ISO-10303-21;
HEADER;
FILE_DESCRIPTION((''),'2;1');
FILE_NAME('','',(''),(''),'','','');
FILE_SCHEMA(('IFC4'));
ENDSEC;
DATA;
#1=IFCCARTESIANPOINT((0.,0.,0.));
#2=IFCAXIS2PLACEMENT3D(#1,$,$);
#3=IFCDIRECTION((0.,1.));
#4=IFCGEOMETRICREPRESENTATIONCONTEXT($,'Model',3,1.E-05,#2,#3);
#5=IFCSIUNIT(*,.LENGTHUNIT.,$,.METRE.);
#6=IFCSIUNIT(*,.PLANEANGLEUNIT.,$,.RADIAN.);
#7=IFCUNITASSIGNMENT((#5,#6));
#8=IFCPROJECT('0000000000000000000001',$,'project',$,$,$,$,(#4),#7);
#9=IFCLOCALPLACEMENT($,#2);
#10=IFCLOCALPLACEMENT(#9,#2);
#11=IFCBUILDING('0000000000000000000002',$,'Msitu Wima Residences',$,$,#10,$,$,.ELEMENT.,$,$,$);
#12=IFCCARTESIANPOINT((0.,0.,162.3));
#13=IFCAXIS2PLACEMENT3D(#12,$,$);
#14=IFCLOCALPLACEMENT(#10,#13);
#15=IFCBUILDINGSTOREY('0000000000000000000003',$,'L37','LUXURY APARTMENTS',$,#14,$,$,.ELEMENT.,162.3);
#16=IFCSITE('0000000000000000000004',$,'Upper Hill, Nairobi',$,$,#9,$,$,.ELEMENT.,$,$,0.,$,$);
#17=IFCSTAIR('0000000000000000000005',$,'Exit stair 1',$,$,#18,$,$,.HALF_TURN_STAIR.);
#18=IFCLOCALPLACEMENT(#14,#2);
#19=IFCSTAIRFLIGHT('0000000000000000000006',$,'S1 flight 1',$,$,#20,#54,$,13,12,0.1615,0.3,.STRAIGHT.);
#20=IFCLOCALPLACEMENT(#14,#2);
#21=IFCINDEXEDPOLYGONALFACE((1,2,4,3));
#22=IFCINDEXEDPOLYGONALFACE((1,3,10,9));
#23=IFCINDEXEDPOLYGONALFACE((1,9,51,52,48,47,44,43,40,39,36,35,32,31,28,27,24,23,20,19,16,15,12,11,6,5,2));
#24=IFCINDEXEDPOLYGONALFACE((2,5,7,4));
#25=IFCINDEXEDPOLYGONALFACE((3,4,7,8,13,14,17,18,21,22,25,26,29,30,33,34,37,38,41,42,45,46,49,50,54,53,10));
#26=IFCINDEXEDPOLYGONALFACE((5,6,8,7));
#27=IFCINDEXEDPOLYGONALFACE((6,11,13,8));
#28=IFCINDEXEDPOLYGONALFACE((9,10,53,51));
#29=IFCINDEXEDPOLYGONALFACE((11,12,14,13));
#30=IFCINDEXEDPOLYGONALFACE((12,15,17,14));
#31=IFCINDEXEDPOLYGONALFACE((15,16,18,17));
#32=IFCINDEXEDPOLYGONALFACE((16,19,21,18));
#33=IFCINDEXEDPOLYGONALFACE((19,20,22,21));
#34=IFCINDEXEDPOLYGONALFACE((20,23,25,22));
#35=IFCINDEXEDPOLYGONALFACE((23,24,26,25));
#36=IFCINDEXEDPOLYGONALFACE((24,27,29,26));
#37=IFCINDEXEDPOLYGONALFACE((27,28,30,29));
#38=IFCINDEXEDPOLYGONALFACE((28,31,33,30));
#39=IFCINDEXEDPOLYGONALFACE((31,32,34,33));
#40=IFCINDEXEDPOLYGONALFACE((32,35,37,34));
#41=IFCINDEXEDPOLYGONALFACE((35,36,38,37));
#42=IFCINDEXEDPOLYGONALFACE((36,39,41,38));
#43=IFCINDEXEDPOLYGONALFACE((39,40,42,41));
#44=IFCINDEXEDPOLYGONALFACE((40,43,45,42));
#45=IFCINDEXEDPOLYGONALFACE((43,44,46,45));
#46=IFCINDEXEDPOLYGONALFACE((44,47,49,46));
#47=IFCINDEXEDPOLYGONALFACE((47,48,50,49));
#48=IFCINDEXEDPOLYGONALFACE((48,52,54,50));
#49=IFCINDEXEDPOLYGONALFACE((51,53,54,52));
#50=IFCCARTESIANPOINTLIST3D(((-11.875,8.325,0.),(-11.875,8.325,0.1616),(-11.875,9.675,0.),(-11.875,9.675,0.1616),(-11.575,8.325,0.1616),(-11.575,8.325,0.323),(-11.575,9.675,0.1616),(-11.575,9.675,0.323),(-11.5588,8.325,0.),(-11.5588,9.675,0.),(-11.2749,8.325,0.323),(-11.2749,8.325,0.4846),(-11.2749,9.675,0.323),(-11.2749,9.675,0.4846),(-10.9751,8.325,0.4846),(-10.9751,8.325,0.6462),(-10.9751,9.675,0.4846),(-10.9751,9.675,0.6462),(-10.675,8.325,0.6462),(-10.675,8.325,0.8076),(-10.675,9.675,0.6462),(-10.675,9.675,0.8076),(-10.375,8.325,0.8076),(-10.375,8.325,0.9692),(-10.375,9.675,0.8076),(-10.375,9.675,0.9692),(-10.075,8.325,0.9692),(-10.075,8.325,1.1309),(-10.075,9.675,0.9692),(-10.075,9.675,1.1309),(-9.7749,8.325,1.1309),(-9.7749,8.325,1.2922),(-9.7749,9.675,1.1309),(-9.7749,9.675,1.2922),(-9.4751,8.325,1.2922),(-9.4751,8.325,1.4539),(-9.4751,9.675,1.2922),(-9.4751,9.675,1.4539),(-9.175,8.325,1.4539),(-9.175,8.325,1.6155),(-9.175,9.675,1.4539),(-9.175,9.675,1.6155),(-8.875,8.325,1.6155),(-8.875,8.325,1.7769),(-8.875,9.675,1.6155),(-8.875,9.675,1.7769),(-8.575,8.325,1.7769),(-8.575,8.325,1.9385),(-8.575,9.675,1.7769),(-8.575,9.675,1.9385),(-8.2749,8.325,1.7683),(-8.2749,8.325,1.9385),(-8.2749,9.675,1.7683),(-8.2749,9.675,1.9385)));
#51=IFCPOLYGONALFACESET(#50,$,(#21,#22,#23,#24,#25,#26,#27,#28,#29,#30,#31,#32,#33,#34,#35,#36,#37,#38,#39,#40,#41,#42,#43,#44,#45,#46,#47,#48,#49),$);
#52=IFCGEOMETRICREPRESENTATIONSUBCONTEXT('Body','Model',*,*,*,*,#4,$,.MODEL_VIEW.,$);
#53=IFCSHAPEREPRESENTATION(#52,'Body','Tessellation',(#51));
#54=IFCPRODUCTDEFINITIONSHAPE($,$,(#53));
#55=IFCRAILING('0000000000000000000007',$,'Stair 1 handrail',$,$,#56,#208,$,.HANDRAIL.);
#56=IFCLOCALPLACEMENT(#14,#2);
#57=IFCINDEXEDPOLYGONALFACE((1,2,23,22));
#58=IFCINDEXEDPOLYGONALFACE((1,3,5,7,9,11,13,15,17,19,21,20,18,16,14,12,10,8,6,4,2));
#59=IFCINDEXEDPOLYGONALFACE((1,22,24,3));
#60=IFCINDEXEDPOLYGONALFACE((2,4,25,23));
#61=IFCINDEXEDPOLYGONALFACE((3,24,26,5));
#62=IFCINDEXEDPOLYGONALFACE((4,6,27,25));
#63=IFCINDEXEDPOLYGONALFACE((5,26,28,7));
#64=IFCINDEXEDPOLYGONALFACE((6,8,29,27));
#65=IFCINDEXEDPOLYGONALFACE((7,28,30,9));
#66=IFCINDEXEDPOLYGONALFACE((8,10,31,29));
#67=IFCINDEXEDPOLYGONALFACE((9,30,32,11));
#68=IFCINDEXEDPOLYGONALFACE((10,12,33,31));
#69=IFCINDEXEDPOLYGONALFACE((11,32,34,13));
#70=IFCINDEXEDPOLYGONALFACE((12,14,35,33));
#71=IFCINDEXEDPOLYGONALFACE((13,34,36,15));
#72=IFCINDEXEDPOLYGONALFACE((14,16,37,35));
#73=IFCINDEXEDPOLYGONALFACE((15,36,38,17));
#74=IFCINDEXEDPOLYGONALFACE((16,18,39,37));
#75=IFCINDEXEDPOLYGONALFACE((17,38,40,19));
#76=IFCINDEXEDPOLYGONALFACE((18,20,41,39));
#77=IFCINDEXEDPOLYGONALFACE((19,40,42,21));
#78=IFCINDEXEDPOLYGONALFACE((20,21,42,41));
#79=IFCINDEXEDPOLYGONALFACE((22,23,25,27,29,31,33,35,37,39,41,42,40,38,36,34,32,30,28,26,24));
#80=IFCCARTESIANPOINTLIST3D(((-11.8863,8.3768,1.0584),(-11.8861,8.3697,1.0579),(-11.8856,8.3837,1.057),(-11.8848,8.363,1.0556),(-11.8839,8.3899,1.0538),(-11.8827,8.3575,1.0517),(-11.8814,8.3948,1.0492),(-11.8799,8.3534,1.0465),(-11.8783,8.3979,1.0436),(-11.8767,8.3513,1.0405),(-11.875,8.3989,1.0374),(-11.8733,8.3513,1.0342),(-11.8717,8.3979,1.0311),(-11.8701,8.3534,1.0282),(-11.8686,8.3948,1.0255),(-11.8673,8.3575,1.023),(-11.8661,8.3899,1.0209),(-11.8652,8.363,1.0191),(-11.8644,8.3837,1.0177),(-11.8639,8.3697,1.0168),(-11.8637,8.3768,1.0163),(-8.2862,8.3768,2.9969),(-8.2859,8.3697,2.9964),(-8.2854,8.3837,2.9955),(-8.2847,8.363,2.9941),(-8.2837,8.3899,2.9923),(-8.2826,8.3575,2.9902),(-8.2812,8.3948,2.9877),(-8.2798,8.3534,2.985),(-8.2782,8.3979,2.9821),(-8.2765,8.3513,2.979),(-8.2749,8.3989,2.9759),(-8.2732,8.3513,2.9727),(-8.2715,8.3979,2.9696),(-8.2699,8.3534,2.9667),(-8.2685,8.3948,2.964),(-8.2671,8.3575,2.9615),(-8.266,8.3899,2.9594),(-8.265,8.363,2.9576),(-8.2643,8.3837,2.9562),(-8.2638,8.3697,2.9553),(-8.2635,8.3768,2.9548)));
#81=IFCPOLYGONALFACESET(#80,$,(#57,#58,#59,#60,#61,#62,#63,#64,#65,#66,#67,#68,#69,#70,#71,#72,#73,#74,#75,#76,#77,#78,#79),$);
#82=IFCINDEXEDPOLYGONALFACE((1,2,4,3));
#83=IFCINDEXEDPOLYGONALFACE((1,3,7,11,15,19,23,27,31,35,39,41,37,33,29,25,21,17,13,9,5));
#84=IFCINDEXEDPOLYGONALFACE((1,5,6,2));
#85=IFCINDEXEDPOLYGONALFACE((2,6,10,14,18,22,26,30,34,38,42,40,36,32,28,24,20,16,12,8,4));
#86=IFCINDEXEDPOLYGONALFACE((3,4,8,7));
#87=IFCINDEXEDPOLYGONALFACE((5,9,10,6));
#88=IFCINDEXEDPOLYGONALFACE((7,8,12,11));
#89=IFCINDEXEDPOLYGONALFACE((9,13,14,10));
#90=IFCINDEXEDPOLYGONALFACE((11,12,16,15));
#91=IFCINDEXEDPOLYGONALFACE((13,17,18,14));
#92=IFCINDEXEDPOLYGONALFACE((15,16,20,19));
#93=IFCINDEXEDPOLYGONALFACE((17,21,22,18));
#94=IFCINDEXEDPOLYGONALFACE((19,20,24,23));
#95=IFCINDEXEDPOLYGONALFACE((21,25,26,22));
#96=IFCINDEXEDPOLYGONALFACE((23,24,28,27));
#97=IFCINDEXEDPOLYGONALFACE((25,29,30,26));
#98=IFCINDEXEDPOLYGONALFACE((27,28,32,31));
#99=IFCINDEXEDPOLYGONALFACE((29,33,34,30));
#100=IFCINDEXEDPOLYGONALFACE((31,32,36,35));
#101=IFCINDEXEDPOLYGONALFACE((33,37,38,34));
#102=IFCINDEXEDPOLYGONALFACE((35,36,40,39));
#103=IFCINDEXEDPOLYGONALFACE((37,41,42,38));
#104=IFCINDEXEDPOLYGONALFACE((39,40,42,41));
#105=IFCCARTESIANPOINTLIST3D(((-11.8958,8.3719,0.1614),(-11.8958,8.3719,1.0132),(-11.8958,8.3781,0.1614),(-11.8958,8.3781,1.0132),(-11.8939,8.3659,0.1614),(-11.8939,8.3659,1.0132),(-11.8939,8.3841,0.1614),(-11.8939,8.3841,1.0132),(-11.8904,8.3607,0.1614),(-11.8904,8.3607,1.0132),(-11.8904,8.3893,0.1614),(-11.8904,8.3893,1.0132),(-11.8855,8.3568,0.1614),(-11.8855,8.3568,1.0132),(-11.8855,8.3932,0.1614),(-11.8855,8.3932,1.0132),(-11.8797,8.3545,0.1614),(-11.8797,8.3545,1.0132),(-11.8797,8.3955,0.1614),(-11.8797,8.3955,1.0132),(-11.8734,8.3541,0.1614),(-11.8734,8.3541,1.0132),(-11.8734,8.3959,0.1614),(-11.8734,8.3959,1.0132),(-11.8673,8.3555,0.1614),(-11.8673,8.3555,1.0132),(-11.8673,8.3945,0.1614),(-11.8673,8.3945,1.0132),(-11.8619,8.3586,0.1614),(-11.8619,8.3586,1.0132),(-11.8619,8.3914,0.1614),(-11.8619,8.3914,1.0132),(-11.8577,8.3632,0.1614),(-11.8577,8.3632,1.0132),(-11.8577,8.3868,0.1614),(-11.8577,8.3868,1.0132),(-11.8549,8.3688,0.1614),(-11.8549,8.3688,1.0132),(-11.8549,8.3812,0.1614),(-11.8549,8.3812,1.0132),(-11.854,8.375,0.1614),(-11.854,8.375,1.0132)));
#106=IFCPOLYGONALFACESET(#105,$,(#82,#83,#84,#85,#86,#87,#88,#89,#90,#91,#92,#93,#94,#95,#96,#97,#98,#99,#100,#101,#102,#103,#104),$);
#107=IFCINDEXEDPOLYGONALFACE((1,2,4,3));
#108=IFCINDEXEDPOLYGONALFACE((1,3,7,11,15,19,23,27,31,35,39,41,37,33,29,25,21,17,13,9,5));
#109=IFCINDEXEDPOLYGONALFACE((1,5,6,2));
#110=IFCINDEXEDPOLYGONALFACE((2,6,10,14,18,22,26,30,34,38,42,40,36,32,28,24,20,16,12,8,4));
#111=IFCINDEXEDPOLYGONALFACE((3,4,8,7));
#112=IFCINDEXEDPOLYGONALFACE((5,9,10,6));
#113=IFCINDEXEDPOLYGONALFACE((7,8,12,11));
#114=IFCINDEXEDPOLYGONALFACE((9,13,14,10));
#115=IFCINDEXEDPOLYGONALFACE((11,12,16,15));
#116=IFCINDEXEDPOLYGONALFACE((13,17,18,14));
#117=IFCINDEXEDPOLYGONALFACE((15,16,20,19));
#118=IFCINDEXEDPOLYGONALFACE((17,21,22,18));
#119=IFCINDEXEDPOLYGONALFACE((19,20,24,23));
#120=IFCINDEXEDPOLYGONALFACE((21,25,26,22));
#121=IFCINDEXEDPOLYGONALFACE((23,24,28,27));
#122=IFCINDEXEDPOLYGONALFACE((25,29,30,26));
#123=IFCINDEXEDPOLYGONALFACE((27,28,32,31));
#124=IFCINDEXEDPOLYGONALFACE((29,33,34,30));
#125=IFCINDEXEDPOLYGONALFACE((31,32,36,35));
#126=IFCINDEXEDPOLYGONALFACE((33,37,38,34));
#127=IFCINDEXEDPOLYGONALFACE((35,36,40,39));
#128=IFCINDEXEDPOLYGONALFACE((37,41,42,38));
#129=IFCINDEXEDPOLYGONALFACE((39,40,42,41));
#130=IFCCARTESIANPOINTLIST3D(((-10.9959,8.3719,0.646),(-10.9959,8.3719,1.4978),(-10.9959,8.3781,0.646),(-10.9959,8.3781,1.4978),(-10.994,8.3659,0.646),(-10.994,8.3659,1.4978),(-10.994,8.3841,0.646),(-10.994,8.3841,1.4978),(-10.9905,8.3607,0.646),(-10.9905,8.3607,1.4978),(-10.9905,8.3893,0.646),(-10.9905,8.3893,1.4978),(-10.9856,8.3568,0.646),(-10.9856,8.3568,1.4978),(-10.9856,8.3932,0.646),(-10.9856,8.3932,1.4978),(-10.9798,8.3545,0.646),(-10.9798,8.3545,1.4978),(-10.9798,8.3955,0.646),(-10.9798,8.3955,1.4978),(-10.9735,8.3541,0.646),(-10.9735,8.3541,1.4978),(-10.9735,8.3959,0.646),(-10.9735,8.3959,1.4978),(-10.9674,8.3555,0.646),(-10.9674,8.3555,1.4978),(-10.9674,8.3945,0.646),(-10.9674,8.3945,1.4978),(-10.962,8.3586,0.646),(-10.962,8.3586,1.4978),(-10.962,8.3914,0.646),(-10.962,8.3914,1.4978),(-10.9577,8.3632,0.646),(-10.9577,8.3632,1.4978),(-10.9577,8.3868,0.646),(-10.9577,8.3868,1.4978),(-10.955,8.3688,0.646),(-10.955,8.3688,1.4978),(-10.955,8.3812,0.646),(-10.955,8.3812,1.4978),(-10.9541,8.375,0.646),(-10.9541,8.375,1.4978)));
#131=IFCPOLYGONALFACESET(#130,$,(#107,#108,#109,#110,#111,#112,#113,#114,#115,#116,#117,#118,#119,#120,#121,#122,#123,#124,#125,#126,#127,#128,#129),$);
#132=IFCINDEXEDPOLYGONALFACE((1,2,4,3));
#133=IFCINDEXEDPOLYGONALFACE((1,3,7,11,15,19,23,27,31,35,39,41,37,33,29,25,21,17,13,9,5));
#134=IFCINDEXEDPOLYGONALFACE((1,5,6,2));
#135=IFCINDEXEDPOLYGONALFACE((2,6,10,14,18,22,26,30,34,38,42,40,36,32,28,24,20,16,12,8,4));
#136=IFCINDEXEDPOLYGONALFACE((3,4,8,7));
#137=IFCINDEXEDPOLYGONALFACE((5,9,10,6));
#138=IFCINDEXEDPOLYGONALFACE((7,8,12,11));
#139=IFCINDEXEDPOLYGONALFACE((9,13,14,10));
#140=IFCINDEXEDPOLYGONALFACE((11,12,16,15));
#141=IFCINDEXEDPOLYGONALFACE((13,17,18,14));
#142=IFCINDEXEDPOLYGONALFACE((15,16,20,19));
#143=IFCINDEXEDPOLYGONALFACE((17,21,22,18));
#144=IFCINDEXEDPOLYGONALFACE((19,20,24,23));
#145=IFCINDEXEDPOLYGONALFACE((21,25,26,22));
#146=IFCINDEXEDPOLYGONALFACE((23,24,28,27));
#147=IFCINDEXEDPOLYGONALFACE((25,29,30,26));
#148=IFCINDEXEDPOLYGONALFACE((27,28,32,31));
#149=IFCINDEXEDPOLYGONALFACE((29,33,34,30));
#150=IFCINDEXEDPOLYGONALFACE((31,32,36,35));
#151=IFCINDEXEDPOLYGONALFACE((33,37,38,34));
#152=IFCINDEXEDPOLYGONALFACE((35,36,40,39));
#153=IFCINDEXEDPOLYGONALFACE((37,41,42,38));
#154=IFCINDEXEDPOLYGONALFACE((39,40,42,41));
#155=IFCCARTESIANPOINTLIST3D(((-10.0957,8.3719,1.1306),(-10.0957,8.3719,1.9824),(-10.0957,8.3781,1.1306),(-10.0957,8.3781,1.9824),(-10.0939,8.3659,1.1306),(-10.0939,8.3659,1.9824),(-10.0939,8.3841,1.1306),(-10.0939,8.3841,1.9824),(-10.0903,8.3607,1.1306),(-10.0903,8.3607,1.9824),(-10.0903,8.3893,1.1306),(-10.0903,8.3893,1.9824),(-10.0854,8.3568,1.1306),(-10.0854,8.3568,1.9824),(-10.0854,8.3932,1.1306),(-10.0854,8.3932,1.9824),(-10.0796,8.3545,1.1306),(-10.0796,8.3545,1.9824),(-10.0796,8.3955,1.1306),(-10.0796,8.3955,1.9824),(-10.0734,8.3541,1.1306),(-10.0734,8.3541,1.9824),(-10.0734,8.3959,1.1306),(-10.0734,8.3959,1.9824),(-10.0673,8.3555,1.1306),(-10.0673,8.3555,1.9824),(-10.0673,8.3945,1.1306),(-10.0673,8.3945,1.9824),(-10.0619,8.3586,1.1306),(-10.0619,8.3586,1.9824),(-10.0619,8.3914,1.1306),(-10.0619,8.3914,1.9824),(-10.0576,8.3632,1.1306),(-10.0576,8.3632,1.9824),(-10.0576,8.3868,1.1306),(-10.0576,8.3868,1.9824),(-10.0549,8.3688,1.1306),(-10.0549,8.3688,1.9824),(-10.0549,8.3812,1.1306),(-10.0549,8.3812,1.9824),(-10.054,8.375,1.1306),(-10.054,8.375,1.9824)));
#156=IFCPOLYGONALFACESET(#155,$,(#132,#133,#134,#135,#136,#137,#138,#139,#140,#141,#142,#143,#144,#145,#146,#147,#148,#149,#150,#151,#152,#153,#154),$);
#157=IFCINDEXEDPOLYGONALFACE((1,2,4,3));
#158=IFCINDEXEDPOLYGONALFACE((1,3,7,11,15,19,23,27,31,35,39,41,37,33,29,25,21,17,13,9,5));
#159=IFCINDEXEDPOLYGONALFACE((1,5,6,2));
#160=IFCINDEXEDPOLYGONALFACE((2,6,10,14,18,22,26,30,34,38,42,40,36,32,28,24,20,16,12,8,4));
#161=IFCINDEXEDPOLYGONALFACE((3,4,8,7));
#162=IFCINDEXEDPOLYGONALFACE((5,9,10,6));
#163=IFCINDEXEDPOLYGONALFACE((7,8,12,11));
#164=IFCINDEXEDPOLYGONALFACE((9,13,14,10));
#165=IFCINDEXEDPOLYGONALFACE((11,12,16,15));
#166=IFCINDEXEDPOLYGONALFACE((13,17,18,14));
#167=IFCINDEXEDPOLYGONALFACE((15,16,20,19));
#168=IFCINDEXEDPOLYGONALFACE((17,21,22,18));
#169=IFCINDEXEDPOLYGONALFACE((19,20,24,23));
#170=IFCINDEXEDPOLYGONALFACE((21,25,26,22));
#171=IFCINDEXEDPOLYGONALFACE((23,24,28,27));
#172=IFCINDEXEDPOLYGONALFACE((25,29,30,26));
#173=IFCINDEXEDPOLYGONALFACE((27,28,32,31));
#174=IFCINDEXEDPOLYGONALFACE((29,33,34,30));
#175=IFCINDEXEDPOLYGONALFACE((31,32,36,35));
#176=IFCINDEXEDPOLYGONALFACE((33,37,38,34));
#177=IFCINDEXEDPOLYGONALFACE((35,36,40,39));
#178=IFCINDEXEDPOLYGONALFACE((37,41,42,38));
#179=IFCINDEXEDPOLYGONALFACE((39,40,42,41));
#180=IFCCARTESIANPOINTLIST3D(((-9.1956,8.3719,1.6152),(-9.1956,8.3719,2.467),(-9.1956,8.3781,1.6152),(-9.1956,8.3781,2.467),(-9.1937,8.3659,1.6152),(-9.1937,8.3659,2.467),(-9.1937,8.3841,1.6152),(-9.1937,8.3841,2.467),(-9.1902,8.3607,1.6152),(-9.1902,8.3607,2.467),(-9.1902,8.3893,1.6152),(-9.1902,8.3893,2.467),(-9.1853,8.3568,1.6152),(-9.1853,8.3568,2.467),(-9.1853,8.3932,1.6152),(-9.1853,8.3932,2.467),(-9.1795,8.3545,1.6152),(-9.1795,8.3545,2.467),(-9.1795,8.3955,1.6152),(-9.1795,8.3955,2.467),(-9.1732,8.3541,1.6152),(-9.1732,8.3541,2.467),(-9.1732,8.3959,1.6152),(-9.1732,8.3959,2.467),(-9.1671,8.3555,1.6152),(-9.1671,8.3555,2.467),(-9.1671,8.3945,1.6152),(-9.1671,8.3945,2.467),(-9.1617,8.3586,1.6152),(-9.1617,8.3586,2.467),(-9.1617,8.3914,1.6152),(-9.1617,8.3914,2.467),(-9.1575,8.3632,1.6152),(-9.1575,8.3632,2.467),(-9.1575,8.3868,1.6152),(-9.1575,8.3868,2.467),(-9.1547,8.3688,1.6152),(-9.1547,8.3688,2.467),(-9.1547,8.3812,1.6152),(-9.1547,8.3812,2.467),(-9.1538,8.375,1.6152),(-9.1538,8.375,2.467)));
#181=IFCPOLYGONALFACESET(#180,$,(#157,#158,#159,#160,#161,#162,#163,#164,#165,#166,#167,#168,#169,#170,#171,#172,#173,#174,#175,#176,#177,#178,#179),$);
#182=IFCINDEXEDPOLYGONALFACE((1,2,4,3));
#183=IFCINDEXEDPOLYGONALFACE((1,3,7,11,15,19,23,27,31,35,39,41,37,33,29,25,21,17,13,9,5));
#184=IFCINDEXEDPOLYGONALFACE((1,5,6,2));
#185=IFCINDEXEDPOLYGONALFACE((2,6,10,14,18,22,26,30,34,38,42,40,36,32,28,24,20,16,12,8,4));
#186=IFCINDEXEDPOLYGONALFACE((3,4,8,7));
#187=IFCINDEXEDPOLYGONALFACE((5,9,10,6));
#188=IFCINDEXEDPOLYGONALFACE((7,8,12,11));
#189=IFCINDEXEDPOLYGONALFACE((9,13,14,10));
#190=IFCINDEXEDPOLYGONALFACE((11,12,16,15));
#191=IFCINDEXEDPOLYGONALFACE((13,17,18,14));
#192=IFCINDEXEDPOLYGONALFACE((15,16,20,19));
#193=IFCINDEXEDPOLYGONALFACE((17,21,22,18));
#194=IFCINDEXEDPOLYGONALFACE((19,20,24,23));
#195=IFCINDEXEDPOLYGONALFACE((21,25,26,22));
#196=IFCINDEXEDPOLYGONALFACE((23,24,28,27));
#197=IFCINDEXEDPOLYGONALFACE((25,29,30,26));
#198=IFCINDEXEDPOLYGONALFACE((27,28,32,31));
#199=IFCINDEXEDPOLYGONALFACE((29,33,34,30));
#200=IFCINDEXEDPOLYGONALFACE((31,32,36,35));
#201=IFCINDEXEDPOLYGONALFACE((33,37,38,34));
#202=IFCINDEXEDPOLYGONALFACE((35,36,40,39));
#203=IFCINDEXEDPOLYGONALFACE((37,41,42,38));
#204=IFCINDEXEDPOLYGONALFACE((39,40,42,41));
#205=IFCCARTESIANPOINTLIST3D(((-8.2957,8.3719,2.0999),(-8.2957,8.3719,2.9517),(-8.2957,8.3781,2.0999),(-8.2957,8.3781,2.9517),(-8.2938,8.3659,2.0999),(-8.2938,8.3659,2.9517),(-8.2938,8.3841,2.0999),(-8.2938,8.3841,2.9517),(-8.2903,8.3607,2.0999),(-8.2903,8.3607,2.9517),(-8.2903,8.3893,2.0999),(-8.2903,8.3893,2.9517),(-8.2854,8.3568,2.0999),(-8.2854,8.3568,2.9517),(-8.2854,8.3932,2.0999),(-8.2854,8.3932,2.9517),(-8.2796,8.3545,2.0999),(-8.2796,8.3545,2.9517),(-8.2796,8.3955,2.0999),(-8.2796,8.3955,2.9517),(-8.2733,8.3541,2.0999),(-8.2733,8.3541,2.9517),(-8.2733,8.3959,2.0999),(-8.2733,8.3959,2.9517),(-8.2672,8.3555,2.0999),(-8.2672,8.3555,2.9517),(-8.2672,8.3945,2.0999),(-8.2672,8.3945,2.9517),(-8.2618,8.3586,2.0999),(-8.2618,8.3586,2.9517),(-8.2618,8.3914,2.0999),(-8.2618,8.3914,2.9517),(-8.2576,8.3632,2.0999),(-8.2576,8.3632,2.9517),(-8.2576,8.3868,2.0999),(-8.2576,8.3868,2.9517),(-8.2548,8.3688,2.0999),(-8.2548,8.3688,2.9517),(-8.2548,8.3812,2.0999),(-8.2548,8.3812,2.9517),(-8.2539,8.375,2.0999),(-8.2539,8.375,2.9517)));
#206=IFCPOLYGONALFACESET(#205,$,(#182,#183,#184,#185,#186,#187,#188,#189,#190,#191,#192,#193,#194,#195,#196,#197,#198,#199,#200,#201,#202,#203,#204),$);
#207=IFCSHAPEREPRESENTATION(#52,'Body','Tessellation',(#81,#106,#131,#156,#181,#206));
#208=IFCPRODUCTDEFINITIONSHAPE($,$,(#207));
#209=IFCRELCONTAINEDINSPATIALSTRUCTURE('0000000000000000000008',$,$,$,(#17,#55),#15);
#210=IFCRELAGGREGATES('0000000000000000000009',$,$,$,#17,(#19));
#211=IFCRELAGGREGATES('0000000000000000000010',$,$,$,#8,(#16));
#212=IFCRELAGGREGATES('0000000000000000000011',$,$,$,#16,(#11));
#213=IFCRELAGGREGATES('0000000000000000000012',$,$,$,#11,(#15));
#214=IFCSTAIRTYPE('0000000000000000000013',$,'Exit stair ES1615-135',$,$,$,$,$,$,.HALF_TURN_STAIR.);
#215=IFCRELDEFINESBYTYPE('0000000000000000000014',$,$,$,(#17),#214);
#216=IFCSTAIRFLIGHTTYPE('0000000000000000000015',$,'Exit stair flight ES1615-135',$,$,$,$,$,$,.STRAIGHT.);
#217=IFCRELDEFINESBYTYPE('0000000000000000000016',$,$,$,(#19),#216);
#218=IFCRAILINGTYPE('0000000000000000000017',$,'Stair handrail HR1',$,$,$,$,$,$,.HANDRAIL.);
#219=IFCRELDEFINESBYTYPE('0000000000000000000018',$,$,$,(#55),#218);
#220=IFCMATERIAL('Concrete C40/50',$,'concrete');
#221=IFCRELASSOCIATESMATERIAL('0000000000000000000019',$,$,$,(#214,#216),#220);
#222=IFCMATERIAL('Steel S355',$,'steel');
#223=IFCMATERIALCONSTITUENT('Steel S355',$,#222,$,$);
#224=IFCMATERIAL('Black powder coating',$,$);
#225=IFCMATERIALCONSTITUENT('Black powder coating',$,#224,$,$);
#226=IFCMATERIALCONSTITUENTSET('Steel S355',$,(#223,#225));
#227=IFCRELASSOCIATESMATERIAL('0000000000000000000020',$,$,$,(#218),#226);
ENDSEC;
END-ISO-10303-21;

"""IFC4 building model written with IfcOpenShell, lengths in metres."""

from ifc_helpers import new_model, si_unit, direction, frame, origin, origin_2d, place, context, subcontext, project, spatial, polyline, circle, outline, extrude, material, constituent, constituent_set, type_object, element, aggregate, save


model = new_model("IFC4")

# Units and contexts
model_context = context("Model", 3, precision=1e-05, world=origin(), true_north=direction((0.0, 1.0)))
body_context = subcontext(model_context, "Body", "Model", "MODEL_VIEW")
ifc_project = project(units=[si_unit("LENGTHUNIT", "METRE"), si_unit("PLANEANGLEUNIT", "RADIAN")], contexts=[model_context])

# Site, building, storey
site_placement = place(None, origin())
site = spatial("IfcSite", under=ifc_project, at=site_placement, Name="Upper Hill, Nairobi", CompositionType="ELEMENT", RefElevation=0.0)
building_placement = place(site_placement, origin())
building = spatial("IfcBuilding", under=site, at=building_placement, Name="Msitu Wima Residences", CompositionType="ELEMENT")
storey_placement = place(building_placement, frame((0.0, 0.0, 162.3)))
storey = spatial("IfcBuildingStorey", under=building, at=storey_placement, Name="L37", Description="LUXURY APARTMENTS", CompositionType="ELEMENT", Elevation=162.3)

# Shared definitions
ifc_material_1 = material(Name="Concrete C40/50", Category="concrete")

# Stair, stair flight
stair_type = type_object("IfcStairType", Name="Exit stair ES1615-135", PredefinedType="HALF_TURN_STAIR", material=ifc_material_1)
stair_placement = place(storey_placement, origin())
stair = element("IfcStair", 1, at=stair_placement, inside=storey, type_object=stair_type, Name="Exit stair 1", PredefinedType="HALF_TURN_STAIR")
stair_flight_type = type_object("IfcStairFlightType", Name="Exit stair flight ES1615-135", PredefinedType="STRAIGHT", material=ifc_material_1)
stair_flight_placement = place(storey_placement, frame((-11.875, 9.0, 0.0), z_axis=(0.0, 0.0, 1.0), x_axis=(1.0, 0.0, 0.0)))
stair_flight = element("IfcStairFlight", 2, at=stair_flight_placement, type_object=stair_flight_type, Name="S1 flight 1", NumberOfRisers=13, NumberOfTreads=12, PredefinedType="STRAIGHT", RiserHeight=0.1615, TreadLength=0.3, context=body_context, shape_type="SweptSolid", body=[
    extrude(outline(polyline([(0.0, 0.0), (0.0, 0.1616), (0.3, 0.1616), (0.3, 0.323), (0.6001, 0.323), (0.6001, 0.4846), (0.8999, 0.4846), (0.8999, 0.6462), (1.2, 0.6462), (1.2, 0.8076), (1.5, 0.8076), (1.5, 0.9692), (1.8, 0.9692), (1.8, 1.1309), (2.1001, 1.1309), (2.1001, 1.2922), (2.3999, 1.2922), (2.3999, 1.4539), (2.7, 1.4539), (2.7, 1.6155), (3.0, 1.6155), (3.0, 1.7769), (3.3, 1.7769), (3.3, 1.9385), (3.6001, 1.9385), (3.6001, 2.1001), (3.6001, 1.7683), (0.3162, 0.0), (0.0, 0.0)])), frame((0.0, 0.675, 0.0), z_axis=(0.0, -1.0, 0.0), x_axis=(1.0, 0.0, 0.0)), (0.0, 0.0, 1.0), 1.3501),
])
aggregate(stair, [stair_flight])

# Railing
ifc_material_2 = material(Name="Steel S355", Category="steel")
ifc_constituent_1 = constituent(ifc_material_2, Name="Steel S355")
ifc_material_3 = material(Name="Black powder coating")
ifc_constituent_2 = constituent(ifc_material_3, Name="Black powder coating")
ifc_constituent_set = constituent_set(constituents=[ifc_constituent_1, ifc_constituent_2], Name="Steel S355")
railing_type = type_object("IfcRailingType", Name="Stair handrail HR1", PredefinedType="HANDRAIL", material=ifc_constituent_set)
for number, where, name in (
    (3, (-11.875, 8.375, 0.1614), "Stair 1 handrail"),
):
    element("IfcRailing", number, at=place(storey_placement, frame(where)), inside=storey, type_object=railing_type, Name=name, PredefinedType="HANDRAIL", context=body_context, shape_type="SweptSolid", body=[
        extrude(circle(Radius=0.0239, at=origin_2d()), frame((0.0, 0.0, 0.876), z_axis=(0.880475, 0.0, 0.474093), x_axis=(0.0, 1.0, 0.0)), (0.0, 0.0, 1.0), 4.0889),
        extrude(circle(Radius=0.021, at=origin_2d()), origin(), (0.0, 0.0, 1.0), 0.8518),
        extrude(circle(Radius=0.021, at=origin_2d()), frame((0.8999, 0.0, 0.4846)), (0.0, 0.0, 1.0), 0.8518),
        extrude(circle(Radius=0.021, at=origin_2d()), frame((1.8, 0.0, 0.9692)), (0.0, 0.0, 1.0), 0.8518),
        extrude(circle(Radius=0.021, at=origin_2d()), frame((2.7002, 0.0, 1.4539)), (0.0, 0.0, 1.0), 0.8518),
        extrude(circle(Radius=0.021, at=origin_2d()), frame((3.6001, 0.0, 1.9385)), (0.0, 0.0, 1.0), 0.8518),
    ])

save(model, "model.ifc")
